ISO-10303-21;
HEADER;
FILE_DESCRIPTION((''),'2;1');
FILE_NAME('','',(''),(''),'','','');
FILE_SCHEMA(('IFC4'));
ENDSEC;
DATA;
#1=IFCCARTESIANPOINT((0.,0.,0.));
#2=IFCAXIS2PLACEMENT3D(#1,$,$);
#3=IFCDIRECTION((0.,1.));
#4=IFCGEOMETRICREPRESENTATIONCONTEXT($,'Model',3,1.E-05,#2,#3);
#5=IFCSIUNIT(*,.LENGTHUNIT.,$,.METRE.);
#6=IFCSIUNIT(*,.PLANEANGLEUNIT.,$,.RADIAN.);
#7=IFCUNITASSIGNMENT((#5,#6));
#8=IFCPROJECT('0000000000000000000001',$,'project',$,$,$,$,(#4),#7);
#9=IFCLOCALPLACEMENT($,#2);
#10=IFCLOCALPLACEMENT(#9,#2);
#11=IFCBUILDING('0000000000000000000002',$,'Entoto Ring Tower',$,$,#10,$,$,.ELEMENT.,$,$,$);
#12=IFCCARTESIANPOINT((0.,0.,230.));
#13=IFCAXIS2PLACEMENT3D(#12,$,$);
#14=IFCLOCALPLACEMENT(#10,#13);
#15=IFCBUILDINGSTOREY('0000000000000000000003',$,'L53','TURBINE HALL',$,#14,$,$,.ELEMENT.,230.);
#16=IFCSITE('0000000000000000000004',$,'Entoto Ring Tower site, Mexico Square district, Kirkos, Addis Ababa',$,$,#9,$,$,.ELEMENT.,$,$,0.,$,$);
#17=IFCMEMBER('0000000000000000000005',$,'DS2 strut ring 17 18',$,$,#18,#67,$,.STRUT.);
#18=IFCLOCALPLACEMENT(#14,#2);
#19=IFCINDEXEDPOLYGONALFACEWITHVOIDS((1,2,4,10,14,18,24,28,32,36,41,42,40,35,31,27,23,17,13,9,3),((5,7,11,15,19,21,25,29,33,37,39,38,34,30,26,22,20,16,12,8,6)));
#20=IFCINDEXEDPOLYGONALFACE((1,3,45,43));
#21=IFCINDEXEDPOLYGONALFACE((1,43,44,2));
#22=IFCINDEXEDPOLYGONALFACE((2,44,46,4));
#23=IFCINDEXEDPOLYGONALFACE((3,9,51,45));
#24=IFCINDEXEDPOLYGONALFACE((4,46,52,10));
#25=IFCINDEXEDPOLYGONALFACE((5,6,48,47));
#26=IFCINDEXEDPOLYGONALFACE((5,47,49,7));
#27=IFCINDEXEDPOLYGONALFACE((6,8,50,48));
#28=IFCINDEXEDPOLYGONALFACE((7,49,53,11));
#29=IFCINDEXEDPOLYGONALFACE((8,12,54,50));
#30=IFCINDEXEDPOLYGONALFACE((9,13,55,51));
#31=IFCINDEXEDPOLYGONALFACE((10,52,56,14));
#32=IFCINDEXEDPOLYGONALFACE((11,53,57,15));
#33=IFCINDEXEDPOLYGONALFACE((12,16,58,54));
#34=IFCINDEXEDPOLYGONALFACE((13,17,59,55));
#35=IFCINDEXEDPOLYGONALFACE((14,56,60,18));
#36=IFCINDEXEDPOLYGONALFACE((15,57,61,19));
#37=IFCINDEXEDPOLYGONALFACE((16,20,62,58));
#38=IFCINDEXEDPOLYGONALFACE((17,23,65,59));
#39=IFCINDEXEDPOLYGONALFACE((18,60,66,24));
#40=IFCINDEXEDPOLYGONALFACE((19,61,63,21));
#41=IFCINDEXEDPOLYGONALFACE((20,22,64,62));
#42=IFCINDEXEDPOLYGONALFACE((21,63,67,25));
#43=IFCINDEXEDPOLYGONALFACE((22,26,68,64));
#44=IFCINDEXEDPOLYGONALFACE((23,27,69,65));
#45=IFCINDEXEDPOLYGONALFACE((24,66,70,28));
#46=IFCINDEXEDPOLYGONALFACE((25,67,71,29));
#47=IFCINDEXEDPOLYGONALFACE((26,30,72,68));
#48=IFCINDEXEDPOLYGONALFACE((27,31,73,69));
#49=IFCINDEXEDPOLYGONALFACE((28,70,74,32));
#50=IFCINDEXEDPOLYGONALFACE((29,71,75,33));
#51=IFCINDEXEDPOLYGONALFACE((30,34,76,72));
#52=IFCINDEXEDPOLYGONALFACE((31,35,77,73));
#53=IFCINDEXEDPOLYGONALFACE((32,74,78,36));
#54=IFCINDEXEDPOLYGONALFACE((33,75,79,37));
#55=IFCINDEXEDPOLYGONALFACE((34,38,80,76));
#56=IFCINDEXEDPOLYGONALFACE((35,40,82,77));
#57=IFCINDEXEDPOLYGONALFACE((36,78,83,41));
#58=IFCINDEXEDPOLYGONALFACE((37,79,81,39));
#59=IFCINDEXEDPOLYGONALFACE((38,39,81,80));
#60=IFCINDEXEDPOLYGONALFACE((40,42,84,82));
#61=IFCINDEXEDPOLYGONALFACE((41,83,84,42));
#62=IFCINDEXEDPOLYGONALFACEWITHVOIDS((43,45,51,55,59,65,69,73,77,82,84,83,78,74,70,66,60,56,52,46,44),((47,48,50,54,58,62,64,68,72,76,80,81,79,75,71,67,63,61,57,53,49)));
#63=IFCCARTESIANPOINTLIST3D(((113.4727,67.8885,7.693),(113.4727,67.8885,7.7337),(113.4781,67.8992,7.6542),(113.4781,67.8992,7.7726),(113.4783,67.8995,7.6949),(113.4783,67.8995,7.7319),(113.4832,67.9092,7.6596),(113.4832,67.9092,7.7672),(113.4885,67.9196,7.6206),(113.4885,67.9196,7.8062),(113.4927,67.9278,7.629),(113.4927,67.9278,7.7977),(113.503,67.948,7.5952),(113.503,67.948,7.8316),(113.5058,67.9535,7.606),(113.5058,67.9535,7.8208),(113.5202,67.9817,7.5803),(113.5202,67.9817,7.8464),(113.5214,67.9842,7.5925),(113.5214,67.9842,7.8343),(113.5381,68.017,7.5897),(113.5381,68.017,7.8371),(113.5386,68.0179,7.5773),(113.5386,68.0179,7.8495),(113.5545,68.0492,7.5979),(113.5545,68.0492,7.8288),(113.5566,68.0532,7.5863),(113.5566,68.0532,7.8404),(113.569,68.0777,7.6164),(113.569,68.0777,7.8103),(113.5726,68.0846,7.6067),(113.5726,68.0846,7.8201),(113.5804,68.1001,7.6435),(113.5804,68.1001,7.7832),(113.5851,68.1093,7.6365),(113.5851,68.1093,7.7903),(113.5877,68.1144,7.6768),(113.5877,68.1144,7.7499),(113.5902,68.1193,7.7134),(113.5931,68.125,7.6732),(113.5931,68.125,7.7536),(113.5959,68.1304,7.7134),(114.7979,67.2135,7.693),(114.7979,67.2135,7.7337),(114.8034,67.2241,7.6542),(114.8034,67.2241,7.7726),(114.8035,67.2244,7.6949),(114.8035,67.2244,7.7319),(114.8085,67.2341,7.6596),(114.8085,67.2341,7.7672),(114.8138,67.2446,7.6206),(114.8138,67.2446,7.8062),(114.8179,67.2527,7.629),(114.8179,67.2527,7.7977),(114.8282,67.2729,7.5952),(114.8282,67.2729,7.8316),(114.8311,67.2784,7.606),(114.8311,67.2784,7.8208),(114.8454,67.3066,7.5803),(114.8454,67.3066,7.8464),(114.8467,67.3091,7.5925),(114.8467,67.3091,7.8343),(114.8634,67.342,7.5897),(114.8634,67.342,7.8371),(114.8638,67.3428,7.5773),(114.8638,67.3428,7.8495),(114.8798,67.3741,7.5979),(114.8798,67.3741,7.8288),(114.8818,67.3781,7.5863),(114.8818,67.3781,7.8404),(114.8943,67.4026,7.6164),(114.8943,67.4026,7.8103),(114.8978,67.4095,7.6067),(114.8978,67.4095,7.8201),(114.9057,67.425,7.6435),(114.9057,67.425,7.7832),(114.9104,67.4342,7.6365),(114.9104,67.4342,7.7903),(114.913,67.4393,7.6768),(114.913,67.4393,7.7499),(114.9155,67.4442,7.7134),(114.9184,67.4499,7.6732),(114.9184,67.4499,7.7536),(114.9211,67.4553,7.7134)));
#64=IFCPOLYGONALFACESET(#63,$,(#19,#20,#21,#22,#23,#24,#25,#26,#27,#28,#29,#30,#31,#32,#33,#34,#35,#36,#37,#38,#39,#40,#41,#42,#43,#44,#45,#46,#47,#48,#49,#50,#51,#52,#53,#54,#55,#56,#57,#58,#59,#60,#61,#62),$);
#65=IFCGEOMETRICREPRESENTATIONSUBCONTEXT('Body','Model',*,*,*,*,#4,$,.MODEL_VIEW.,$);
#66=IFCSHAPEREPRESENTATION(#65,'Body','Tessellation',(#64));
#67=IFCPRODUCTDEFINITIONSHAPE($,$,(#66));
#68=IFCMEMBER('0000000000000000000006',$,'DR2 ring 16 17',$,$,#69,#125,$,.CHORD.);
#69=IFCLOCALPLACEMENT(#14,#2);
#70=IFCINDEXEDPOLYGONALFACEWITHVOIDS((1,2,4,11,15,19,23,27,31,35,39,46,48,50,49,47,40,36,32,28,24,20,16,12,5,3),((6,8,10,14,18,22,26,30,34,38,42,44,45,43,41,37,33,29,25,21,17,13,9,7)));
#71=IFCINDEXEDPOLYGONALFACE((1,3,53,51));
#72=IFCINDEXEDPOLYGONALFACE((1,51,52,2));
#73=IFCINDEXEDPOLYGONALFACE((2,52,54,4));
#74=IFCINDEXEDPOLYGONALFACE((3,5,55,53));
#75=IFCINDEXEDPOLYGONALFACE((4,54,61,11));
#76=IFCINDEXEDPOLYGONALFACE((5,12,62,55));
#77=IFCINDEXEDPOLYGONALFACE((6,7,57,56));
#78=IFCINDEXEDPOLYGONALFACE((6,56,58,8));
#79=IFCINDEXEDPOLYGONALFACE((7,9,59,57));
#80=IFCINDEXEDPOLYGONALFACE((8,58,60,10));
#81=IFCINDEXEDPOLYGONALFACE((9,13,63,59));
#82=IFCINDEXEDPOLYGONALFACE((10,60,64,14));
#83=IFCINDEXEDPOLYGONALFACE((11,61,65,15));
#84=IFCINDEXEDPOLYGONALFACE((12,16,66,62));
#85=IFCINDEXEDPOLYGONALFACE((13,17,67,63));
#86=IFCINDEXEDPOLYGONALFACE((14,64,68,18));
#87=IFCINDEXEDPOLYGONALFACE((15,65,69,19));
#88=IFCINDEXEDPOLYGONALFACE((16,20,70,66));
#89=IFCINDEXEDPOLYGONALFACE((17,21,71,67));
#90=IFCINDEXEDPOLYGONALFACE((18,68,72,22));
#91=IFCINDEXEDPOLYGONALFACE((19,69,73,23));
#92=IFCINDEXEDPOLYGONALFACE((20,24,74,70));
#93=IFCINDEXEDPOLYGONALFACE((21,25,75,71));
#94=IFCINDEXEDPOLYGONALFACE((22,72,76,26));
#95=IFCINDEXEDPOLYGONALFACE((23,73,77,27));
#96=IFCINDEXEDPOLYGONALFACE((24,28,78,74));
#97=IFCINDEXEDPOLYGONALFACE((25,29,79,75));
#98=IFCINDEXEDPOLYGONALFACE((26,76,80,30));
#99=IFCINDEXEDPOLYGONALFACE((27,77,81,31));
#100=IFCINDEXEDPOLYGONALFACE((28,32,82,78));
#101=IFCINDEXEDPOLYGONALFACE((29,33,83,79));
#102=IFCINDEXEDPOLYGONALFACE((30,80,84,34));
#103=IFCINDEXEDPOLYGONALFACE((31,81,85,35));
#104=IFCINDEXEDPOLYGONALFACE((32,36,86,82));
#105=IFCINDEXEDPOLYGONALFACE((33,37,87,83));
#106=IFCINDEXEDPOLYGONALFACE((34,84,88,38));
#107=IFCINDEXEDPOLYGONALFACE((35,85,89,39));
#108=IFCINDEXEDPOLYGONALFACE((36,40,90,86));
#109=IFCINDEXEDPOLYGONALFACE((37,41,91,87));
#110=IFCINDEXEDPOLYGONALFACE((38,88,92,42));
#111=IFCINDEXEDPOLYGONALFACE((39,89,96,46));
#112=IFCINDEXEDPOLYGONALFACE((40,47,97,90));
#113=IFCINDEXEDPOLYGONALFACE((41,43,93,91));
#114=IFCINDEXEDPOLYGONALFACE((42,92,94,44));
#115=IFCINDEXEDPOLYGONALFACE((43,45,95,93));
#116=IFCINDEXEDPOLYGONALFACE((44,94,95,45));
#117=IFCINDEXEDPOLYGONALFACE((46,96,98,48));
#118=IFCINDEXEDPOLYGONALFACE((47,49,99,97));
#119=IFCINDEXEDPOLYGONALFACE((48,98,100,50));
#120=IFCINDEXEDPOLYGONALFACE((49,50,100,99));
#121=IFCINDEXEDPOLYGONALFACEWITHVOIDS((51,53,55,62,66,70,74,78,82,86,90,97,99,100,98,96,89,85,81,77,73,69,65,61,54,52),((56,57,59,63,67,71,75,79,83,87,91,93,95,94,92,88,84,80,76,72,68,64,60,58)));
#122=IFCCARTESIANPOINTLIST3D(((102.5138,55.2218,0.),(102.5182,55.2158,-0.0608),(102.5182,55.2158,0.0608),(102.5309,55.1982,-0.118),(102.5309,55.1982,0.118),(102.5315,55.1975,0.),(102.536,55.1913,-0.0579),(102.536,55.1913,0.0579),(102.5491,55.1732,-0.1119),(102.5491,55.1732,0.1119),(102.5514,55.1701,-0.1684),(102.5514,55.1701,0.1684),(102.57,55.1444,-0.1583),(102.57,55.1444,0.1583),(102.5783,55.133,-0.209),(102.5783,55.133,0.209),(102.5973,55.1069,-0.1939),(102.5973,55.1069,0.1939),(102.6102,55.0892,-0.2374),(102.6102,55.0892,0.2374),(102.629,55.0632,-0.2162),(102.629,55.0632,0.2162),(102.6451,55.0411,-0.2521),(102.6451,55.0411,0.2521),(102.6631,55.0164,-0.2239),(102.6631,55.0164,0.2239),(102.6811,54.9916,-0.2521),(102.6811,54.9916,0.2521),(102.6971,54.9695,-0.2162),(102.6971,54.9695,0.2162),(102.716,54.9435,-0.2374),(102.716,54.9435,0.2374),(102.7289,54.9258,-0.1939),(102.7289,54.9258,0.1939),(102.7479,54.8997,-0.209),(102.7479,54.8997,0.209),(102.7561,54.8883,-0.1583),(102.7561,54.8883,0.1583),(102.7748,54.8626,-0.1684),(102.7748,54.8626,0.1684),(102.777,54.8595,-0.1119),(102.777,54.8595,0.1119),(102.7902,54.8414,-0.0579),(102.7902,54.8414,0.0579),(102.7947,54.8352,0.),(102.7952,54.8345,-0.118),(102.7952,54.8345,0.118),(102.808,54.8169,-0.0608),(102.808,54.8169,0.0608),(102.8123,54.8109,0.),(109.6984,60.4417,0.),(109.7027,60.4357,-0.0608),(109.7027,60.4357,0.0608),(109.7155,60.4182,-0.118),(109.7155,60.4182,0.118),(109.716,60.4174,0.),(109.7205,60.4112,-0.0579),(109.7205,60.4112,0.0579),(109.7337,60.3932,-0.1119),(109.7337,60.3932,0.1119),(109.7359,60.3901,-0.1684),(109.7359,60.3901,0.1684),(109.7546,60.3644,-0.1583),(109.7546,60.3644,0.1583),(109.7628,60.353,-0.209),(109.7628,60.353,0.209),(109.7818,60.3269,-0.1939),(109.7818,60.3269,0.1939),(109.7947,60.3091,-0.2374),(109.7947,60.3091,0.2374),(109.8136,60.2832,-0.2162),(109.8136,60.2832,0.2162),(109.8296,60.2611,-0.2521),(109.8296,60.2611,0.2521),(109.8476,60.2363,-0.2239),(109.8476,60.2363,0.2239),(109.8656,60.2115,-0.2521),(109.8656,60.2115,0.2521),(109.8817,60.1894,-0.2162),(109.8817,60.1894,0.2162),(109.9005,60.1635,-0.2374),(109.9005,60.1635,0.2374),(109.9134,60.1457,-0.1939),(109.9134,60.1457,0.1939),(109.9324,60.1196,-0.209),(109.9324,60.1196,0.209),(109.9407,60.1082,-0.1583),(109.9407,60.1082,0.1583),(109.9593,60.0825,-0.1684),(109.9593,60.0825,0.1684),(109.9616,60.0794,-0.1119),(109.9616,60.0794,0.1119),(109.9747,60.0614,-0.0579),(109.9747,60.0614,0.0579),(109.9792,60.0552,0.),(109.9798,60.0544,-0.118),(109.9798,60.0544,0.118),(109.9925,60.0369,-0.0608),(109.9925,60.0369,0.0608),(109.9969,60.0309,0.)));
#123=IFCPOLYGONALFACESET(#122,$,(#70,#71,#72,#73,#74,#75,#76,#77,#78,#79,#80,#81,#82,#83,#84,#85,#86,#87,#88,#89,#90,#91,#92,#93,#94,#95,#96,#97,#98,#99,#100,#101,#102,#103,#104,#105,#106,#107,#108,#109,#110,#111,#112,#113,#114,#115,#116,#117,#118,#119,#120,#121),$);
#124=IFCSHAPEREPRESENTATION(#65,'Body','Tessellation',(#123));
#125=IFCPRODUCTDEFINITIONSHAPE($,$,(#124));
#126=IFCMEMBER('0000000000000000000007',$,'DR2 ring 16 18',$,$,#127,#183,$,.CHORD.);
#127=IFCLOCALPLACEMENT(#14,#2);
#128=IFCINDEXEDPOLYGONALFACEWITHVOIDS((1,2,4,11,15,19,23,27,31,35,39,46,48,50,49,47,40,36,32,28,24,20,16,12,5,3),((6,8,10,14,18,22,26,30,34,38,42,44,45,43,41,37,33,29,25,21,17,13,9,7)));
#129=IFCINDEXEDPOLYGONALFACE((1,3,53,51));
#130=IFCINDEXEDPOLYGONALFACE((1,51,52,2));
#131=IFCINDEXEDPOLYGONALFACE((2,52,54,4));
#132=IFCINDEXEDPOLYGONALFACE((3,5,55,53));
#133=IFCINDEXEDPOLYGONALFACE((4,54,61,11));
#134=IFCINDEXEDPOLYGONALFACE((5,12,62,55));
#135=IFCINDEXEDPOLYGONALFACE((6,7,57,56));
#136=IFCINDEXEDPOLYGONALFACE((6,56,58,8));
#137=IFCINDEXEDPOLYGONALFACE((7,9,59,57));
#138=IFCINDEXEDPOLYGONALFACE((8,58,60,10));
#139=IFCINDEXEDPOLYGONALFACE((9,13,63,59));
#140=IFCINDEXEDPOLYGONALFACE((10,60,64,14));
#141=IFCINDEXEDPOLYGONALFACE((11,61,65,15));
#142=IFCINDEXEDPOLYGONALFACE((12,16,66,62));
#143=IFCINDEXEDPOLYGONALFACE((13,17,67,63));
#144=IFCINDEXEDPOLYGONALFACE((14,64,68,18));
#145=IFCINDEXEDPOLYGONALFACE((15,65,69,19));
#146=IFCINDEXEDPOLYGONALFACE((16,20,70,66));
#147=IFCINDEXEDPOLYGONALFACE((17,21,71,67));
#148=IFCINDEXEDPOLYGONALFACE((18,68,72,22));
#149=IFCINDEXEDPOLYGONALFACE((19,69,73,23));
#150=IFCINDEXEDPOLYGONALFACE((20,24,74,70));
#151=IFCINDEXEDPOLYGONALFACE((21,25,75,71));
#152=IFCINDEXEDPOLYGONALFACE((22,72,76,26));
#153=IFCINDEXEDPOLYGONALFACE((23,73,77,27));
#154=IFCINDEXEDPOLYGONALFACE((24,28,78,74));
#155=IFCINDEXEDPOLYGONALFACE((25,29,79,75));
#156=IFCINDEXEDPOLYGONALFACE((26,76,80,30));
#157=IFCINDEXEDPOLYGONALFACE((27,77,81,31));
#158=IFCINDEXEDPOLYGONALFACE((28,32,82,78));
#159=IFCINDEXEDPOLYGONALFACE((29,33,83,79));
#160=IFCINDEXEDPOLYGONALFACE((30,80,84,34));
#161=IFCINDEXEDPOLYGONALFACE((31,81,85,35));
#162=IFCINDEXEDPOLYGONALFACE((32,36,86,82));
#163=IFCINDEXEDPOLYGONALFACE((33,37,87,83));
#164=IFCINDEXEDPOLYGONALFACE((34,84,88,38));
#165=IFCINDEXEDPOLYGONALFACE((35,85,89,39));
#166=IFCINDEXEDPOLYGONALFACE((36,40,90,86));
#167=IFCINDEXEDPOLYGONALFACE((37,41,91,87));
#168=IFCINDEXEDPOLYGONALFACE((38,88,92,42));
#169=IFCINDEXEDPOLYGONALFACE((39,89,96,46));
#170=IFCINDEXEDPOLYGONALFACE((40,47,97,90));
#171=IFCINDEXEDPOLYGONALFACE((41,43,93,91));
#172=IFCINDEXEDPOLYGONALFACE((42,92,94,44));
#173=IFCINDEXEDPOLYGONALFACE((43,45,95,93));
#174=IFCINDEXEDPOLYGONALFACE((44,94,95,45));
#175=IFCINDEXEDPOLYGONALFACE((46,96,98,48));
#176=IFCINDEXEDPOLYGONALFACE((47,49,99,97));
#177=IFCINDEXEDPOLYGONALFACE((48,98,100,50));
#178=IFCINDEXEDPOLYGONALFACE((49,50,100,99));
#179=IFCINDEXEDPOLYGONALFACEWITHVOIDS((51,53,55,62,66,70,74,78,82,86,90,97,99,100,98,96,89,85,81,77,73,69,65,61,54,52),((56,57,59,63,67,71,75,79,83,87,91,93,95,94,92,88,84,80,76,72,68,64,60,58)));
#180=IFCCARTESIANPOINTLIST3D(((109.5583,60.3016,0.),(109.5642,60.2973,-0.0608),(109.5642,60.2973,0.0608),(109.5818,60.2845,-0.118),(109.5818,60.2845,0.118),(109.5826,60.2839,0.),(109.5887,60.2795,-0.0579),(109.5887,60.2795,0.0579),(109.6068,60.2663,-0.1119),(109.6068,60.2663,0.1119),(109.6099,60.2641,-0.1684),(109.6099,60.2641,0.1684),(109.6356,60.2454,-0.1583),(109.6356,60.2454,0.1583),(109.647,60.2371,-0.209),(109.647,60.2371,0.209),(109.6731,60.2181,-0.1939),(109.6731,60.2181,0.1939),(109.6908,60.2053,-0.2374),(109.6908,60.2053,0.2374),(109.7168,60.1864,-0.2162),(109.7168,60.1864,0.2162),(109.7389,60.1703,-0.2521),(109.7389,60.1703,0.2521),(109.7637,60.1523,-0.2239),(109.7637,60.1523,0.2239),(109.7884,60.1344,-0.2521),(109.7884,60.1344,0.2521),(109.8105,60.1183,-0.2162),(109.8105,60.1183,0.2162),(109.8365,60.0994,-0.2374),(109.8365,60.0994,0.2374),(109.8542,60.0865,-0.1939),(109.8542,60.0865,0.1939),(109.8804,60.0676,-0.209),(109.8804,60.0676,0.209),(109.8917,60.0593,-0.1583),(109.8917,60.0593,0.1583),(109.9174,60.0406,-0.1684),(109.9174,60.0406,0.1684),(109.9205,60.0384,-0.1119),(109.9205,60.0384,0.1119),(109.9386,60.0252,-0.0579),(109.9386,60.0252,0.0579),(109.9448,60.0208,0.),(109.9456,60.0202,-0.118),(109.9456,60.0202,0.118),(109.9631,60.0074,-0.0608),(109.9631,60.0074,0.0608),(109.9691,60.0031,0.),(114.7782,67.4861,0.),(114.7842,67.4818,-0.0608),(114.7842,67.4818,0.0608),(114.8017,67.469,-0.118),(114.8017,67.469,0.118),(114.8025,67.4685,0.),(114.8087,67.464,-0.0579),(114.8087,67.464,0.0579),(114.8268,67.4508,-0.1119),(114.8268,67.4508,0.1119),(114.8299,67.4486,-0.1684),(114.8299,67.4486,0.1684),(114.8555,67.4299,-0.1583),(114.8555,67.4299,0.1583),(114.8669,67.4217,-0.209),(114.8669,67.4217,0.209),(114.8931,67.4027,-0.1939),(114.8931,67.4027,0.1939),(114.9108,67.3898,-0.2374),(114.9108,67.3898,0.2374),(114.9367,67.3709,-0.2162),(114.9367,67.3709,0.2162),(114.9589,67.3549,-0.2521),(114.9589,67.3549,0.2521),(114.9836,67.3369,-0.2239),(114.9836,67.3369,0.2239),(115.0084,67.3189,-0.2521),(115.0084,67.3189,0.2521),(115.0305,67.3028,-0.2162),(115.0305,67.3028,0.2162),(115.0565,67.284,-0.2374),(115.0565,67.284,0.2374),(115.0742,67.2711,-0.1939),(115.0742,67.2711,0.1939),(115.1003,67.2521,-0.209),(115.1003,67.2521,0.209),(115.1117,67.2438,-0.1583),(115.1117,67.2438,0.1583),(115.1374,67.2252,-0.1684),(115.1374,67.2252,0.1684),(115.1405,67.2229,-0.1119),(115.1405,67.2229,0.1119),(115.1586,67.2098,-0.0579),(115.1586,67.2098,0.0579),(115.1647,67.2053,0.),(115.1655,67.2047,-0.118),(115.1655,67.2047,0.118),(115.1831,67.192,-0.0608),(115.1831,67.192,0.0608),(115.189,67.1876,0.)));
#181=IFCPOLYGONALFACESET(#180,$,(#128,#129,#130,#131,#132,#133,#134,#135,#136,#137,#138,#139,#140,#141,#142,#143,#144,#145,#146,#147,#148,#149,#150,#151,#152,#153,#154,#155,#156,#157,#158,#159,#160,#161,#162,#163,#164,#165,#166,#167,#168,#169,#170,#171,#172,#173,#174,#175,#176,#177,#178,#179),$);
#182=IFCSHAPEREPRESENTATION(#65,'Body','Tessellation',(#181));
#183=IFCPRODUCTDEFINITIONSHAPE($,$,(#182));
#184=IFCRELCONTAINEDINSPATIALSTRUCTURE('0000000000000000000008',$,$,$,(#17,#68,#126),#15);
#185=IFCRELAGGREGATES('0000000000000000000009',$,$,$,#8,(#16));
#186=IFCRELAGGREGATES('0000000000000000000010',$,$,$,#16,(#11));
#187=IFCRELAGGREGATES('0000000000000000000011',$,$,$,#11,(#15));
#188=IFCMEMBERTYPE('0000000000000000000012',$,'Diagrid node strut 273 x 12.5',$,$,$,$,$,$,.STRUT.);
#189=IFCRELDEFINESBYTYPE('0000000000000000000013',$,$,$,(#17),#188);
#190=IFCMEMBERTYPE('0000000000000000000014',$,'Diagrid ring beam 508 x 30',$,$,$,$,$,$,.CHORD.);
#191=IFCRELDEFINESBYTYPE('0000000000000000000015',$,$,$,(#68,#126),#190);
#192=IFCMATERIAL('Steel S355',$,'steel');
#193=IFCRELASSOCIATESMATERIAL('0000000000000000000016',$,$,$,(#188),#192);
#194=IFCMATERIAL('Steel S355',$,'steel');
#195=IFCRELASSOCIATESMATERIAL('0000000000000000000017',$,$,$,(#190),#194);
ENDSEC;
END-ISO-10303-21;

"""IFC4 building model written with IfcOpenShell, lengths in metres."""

from ifc_helpers import new_model, si_unit, direction, frame, origin, origin_2d, place, context, subcontext, project, spatial, circle, hollow_circle, extrude, material, material_profile, profile_set, type_object, element, save


model = new_model("IFC4")

# Units and contexts
model_context = context("Model", 3, precision=1e-05, world=origin(), true_north=direction((0.0, 1.0)))
body_context = subcontext(model_context, "Body", "Model", "MODEL_VIEW")
ifc_project = project(units=[si_unit("LENGTHUNIT", "METRE"), si_unit("PLANEANGLEUNIT", "RADIAN")], contexts=[model_context])

# Site, building, storey
site_placement = place(None, origin())
site = spatial("IfcSite", under=ifc_project, at=site_placement, Name="Entoto Ring Tower site, Mexico Square district, Kirkos, Addis Ababa", CompositionType="ELEMENT", RefElevation=0.0)
building_placement = place(site_placement, origin())
building = spatial("IfcBuilding", under=site, at=building_placement, Name="Entoto Ring Tower", CompositionType="ELEMENT")
storey_placement = place(building_placement, frame((0.0, 0.0, 230.0)))
storey = spatial("IfcBuildingStorey", under=building, at=storey_placement, Name="L53", Description="TURBINE HALL", CompositionType="ELEMENT", Elevation=230.0)

# Members
ifc_material_1 = material(Name="Steel S355", Category="steel")
ifc_material_profile_1 = material_profile(ifc_material_1, hollow_circle(Radius=0.1365, WallThickness=0.0125, at=origin_2d()), Name="CHS 273 x 12.5")
ifc_material_2 = material(Name="Concrete C60/75", Category="concrete")
ifc_material_profile_2 = material_profile(ifc_material_2, circle(Radius=0.124, at=origin_2d()), Name="Concrete C60/75 infill")
ifc_profile_set_1 = profile_set([ifc_material_profile_1, ifc_material_profile_2], Name="Steel S355")
member_type_1 = type_object("IfcMemberType", Name="Diagrid node strut 273 x 12.5", PredefinedType="STRUT", material=ifc_profile_set_1)
for number, where, z_axis, x_axis, name in (
    (1, (113.5339, 68.0088, 7.7134), (0.891053, -0.453899, 0.0), (0.453899, 0.891053, 0.0), "DS2 strut ring 17 18"),
):
    element("IfcMember", number, at=place(storey_placement, frame(where, z_axis=z_axis, x_axis=x_axis)), inside=storey, type_object=member_type_1, Name=name, PredefinedType="STRUT", context=body_context, shape_type="SweptSolid", body=[
        extrude(hollow_circle(Radius=0.1365, WallThickness=0.0125, at=origin_2d()), origin(), (0.0, 0.0, 1.0), 1.4873),
    ])
ifc_material_3 = material(Name="Steel S355", Category="steel")
ifc_material_profile_3 = material_profile(ifc_material_3, hollow_circle(Radius=0.2539, WallThickness=0.03, at=origin_2d()), Name="CHS 508 x 30")
ifc_material_4 = material(Name="Concrete C60/75", Category="concrete")
ifc_material_profile_4 = material_profile(ifc_material_4, circle(Radius=0.2241, at=origin_2d()), Name="Concrete C60/75 infill")
ifc_profile_set_2 = profile_set([ifc_material_profile_3, ifc_material_profile_4], Name="Steel S355")
member_type_2 = type_object("IfcMemberType", Name="Diagrid ring beam 508 x 30", PredefinedType="CHORD", material=ifc_profile_set_2)
for number, where, z_axis, x_axis, name in (
    (2, (102.6631, 55.0164, 0.0), (0.809013, 0.587791, 0.0), (-0.587791, 0.809013, 0.0), "DR2 ring 16 17"),
    (3, (109.7637, 60.1523, 0.0), (0.587791, 0.809013, 0.0), (-0.809013, 0.587791, 0.0), "DR2 ring 16 18"),
):
    element("IfcMember", number, at=place(storey_placement, frame(where, z_axis=z_axis, x_axis=x_axis)), inside=storey, type_object=member_type_2, Name=name, PredefinedType="CHORD", context=body_context, shape_type="SweptSolid", body=[
        extrude(hollow_circle(Radius=0.2539, WallThickness=0.03, at=origin_2d()), origin(), (0.0, 0.0, 1.0), 8.8806),
    ])

save(model, "model.ifc")
